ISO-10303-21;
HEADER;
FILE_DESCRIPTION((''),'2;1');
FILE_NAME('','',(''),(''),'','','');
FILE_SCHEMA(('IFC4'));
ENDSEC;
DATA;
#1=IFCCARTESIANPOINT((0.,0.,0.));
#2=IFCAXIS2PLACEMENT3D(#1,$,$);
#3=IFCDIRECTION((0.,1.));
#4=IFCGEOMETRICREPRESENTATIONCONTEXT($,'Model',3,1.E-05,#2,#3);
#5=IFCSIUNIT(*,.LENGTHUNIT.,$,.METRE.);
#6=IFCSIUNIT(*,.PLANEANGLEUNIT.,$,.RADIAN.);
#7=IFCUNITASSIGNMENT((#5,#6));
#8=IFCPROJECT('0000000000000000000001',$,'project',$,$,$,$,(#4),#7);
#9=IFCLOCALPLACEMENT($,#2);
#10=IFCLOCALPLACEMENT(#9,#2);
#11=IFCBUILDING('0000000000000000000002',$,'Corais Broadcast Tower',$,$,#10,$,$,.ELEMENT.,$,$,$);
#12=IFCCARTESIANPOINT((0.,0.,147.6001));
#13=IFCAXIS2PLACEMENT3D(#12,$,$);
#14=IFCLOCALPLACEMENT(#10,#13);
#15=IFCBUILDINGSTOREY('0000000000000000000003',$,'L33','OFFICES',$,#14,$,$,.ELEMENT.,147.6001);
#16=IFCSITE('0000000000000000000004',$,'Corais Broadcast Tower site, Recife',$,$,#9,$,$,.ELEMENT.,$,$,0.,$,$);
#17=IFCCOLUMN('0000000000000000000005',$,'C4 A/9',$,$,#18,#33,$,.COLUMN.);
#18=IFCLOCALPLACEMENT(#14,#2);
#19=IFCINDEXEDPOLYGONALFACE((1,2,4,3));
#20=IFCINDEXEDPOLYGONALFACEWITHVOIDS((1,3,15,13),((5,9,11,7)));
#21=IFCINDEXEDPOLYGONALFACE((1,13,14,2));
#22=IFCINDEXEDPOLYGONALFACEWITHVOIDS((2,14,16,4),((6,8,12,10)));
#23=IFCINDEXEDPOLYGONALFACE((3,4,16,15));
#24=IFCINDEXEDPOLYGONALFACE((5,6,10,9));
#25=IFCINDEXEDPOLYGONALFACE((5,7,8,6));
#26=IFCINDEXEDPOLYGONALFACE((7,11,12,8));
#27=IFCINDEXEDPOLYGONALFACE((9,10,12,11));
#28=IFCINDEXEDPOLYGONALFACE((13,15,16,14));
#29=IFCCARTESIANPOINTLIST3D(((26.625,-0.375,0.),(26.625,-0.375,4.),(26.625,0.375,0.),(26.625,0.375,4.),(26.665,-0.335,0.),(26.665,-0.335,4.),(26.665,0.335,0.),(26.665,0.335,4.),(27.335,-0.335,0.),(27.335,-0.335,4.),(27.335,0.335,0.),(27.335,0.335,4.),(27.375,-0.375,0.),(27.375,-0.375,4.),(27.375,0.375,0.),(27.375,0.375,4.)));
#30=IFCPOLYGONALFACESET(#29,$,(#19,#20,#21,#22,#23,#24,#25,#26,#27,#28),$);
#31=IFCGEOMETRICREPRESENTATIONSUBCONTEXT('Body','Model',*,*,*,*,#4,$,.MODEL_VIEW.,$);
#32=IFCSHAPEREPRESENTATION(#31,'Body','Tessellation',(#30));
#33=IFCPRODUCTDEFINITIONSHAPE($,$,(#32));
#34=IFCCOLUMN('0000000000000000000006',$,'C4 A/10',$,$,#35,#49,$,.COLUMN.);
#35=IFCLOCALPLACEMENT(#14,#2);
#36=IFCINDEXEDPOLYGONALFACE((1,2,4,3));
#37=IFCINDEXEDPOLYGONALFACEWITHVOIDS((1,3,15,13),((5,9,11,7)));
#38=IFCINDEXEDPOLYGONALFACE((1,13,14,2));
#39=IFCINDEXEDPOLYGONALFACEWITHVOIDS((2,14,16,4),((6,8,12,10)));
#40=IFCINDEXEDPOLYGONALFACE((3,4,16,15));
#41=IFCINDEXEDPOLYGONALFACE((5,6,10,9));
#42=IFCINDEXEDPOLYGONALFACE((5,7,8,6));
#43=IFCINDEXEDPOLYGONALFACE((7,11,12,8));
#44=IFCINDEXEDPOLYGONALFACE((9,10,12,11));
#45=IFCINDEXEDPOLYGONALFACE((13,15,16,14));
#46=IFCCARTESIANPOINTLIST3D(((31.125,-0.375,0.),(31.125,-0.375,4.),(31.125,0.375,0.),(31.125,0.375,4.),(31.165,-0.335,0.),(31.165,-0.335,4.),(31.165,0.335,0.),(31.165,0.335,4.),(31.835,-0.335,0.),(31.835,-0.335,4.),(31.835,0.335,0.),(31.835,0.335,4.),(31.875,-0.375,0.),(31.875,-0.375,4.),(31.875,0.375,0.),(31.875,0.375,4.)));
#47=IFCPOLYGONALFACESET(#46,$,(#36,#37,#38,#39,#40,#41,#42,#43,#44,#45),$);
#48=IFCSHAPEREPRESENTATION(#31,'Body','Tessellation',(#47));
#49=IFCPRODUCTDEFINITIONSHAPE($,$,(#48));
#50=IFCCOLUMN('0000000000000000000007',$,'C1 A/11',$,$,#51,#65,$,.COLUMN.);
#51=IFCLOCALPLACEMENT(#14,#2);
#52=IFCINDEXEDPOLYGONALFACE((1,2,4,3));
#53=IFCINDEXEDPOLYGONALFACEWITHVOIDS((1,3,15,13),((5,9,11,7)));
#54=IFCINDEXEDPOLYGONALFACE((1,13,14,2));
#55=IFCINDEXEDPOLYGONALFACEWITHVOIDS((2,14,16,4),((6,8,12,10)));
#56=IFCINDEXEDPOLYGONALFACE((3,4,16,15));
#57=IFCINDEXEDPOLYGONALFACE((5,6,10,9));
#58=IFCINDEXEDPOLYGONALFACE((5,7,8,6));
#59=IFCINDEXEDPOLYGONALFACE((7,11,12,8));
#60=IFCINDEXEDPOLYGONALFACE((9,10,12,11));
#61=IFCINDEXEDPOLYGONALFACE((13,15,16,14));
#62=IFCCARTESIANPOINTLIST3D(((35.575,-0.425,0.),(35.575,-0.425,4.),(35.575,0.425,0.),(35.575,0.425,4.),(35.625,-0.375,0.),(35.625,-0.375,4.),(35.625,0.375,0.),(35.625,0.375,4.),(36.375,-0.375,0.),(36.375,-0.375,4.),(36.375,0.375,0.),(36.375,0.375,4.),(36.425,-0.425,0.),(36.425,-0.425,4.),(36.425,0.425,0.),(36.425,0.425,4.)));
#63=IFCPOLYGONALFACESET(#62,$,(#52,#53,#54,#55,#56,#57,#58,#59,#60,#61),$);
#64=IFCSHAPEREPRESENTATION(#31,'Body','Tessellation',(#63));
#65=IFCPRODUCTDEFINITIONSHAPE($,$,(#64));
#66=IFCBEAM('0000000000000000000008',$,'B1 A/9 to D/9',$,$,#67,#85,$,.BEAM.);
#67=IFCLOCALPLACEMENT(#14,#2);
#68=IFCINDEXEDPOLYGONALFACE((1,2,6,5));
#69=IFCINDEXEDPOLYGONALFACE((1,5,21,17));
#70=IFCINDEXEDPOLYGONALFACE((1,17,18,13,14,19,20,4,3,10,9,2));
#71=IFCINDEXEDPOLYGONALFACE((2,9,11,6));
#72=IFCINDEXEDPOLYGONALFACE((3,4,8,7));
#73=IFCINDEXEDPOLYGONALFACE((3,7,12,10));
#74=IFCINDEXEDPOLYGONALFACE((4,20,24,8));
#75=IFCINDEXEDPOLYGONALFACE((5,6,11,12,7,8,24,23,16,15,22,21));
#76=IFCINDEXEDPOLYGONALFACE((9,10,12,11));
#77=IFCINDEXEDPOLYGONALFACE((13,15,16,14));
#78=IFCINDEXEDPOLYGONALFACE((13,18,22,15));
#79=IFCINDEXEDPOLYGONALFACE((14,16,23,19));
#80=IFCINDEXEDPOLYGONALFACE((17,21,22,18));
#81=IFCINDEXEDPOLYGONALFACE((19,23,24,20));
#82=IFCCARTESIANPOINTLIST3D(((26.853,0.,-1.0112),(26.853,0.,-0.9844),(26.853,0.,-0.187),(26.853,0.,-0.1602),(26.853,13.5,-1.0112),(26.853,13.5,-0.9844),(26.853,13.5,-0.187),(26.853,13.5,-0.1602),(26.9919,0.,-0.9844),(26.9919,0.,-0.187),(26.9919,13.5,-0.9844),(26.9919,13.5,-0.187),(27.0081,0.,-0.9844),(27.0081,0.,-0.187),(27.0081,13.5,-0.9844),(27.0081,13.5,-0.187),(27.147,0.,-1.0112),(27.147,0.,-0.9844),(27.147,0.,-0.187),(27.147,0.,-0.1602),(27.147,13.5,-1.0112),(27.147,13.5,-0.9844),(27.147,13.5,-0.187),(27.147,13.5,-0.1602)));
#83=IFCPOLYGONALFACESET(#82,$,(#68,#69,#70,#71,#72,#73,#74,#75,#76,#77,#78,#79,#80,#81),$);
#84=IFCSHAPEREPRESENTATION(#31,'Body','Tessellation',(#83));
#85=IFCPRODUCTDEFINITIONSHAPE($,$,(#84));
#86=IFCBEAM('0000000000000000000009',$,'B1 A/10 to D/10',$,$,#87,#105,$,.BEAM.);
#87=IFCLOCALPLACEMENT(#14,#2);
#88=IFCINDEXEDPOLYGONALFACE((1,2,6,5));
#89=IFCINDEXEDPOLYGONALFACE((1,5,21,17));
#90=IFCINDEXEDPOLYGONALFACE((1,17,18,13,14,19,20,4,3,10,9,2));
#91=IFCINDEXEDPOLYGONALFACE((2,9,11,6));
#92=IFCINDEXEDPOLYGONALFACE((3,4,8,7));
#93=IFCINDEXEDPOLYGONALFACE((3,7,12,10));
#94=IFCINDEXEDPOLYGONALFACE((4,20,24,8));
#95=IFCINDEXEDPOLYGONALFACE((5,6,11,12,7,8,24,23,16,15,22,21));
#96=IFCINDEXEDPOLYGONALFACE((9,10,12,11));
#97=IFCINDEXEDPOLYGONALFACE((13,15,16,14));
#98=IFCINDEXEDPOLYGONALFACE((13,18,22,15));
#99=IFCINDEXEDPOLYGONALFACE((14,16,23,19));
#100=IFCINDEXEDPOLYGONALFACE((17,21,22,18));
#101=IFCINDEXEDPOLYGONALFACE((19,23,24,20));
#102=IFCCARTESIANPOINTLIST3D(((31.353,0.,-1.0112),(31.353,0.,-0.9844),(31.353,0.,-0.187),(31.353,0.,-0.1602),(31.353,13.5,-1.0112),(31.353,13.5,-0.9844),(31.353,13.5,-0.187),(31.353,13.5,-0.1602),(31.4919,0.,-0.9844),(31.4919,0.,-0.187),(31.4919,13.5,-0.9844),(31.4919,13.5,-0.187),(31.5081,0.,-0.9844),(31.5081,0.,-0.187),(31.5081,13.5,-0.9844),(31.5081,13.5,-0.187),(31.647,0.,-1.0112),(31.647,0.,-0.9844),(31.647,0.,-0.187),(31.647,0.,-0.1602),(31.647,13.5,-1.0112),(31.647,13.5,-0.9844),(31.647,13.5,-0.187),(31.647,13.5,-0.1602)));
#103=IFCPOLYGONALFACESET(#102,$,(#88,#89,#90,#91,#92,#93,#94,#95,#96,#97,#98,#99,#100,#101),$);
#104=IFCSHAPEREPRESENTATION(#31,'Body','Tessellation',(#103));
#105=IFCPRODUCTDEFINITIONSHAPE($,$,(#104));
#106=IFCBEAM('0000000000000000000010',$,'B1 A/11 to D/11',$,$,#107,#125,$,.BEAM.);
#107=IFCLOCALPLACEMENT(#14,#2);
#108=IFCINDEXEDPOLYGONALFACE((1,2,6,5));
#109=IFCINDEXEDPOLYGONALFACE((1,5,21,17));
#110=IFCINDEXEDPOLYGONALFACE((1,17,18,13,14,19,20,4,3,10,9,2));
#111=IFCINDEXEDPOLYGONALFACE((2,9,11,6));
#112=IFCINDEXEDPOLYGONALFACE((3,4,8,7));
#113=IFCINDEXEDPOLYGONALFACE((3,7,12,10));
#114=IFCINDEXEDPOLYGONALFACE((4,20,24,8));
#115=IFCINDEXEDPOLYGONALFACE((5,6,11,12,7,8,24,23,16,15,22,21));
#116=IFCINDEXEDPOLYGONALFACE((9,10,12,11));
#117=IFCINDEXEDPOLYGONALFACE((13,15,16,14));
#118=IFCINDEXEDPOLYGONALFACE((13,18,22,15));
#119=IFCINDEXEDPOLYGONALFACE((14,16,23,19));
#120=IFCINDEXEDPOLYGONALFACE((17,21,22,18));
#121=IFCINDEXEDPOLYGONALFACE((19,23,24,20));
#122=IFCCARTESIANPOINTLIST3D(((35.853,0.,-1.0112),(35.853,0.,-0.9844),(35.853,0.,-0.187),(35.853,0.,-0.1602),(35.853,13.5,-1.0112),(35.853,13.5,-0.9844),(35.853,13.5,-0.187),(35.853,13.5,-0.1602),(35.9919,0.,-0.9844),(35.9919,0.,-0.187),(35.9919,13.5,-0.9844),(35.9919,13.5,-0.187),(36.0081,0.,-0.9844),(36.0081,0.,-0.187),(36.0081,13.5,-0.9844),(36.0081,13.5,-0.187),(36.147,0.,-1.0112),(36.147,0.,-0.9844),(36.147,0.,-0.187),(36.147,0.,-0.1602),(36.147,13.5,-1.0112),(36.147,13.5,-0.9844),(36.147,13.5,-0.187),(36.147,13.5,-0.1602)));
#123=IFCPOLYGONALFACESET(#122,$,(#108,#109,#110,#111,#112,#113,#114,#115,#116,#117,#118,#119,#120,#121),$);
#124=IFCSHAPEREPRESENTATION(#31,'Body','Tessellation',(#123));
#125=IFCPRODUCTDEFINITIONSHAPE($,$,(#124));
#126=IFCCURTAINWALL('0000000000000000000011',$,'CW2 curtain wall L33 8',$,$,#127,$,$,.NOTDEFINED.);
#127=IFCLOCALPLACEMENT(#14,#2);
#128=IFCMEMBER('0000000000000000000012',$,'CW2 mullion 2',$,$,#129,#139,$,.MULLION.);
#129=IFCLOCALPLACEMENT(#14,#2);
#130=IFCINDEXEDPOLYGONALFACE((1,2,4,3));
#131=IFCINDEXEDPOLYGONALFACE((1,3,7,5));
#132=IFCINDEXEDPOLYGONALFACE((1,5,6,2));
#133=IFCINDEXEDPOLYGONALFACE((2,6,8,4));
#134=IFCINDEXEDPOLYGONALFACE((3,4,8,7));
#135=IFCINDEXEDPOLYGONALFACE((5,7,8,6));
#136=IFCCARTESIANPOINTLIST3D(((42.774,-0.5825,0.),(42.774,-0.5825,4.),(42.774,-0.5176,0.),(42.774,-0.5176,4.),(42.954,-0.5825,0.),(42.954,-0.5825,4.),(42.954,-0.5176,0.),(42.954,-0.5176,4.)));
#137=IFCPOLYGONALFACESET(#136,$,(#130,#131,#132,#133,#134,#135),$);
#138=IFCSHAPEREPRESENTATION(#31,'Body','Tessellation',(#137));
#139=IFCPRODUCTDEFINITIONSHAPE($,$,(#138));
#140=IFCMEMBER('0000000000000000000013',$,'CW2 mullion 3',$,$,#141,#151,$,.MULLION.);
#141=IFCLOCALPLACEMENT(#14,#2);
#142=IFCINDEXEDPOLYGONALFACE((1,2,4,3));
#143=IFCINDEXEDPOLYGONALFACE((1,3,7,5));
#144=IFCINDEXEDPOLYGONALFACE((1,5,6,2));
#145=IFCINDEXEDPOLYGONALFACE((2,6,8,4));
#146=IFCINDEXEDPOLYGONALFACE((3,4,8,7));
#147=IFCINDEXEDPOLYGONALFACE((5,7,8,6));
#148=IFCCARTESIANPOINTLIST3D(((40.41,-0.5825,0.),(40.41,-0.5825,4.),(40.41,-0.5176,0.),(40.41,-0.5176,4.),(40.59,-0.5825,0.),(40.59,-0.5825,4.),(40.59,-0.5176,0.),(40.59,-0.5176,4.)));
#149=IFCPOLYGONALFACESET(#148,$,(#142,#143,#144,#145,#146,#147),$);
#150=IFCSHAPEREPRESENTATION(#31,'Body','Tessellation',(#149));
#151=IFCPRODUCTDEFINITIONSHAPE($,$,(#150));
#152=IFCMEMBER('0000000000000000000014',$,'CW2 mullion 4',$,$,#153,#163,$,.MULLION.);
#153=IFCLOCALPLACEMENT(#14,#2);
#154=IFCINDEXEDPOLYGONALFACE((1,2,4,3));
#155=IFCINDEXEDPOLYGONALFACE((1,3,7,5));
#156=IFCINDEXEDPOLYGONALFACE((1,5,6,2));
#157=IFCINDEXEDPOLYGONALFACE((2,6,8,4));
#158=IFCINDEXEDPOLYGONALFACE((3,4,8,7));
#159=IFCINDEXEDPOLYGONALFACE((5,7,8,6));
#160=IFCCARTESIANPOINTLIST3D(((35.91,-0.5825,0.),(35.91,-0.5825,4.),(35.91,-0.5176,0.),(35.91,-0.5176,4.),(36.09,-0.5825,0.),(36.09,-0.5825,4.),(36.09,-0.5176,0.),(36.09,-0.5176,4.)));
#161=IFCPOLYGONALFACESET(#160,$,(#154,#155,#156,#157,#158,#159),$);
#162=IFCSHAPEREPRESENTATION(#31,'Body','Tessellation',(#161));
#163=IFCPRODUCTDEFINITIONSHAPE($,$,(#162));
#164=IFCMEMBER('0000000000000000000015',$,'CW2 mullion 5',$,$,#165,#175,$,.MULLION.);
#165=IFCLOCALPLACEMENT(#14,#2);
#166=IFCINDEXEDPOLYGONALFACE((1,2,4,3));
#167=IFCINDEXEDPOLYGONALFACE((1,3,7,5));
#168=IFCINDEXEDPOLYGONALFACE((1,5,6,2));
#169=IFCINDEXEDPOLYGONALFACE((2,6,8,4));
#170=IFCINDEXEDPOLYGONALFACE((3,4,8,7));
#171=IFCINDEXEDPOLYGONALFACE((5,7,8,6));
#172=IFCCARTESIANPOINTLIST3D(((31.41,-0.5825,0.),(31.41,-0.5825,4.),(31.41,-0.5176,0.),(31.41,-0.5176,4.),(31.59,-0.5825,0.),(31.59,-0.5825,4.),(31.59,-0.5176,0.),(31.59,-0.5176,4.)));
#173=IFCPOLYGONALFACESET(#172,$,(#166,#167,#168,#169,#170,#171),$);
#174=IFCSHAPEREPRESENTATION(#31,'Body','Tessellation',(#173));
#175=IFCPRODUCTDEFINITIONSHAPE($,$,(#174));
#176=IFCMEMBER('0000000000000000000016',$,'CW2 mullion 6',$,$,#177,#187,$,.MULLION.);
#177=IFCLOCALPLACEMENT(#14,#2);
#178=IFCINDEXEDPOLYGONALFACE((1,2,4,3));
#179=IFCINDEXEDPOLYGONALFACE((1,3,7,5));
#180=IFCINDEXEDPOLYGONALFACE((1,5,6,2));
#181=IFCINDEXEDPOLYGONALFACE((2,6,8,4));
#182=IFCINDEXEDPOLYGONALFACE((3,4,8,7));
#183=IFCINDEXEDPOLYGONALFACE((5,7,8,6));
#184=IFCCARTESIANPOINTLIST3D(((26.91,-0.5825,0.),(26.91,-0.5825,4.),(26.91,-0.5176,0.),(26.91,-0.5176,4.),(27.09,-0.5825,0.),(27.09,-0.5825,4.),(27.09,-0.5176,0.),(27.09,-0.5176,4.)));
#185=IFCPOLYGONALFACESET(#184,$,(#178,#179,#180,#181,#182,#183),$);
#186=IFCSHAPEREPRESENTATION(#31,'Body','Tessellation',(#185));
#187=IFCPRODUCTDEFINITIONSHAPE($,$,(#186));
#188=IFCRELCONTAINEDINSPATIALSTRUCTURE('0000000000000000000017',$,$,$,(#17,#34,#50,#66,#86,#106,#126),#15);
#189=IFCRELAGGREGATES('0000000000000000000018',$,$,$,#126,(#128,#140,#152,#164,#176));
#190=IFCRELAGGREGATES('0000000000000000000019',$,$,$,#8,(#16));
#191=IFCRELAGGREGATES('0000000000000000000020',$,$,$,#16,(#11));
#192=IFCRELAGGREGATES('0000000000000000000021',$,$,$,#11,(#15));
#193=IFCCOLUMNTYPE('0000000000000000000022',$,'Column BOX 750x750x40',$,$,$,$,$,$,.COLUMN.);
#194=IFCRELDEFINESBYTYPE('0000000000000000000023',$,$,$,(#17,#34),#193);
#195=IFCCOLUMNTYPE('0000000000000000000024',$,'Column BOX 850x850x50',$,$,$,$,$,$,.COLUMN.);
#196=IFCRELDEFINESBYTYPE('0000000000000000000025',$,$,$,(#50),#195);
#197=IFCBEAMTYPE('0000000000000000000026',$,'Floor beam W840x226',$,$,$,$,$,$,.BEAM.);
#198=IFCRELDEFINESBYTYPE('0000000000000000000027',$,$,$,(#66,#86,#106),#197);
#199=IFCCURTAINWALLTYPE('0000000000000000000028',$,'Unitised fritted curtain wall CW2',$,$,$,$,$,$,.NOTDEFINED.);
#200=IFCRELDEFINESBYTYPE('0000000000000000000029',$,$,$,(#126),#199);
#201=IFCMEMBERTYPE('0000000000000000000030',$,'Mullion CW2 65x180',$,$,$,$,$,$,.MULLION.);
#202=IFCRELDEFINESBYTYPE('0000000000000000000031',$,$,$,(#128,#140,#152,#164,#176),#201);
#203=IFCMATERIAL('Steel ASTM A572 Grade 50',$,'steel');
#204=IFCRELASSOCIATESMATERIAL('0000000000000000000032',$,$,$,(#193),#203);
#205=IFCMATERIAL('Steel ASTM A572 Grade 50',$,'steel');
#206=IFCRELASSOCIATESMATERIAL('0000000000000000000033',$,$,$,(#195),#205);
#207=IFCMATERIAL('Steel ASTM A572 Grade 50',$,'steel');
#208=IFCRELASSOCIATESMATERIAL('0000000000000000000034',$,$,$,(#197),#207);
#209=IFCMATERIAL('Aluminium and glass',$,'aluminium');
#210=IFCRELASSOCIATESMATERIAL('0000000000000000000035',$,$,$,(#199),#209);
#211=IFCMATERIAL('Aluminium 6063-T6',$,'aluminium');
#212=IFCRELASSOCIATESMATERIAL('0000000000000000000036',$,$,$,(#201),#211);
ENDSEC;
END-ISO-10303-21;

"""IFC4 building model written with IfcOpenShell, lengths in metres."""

from ifc_helpers import new_model, si_unit, direction, frame, origin, origin_2d, place, context, subcontext, project, spatial, rectangle, hollow_rectangle, i_section, extrude, material, material_profile, profile_set, type_object, element, aggregate, save


model = new_model("IFC4")

# Units and contexts
model_context = context("Model", 3, precision=1e-05, world=origin(), true_north=direction((0.0, 1.0)))
body_context = subcontext(model_context, "Body", "Model", "MODEL_VIEW")
ifc_project = project(units=[si_unit("LENGTHUNIT", "METRE"), si_unit("PLANEANGLEUNIT", "RADIAN")], contexts=[model_context])

# Site, building, storey
site_placement = place(None, origin())
site = spatial("IfcSite", under=ifc_project, at=site_placement, Name="Corais Broadcast Tower site, Recife", CompositionType="ELEMENT", RefElevation=0.0)
building_placement = place(site_placement, origin())
building = spatial("IfcBuilding", under=site, at=building_placement, Name="Corais Broadcast Tower", CompositionType="ELEMENT")
storey_placement = place(building_placement, frame((0.0, 0.0, 147.6001)))
storey = spatial("IfcBuildingStorey", under=building, at=storey_placement, Name="L33", Description="OFFICES", CompositionType="ELEMENT", Elevation=147.6001)

# Columns
ifc_material_1 = material(Name="Steel ASTM A572 Grade 50", Category="steel")
ifc_material_profile_1 = material_profile(ifc_material_1, hollow_rectangle(XDim=0.75, YDim=0.75, WallThickness=0.04, at=origin_2d()), Name="BOX 750x750x40")
ifc_profile_set_1 = profile_set([ifc_material_profile_1], Name="Steel ASTM A572 Grade 50")
column_type_1 = type_object("IfcColumnType", Name="Column BOX 750x750x40", PredefinedType="COLUMN", material=ifc_profile_set_1)
for number, where, z_axis, x_axis, name in (
    (1, (27.0, 0.0, 0.0), (0.0, 0.0, 1.0), (1.0, 0.0, 0.0), "C4 A/9"),
    (2, (31.5, 0.0, 0.0), (0.0, 0.0, 1.0), (1.0, 0.0, 0.0), "C4 A/10"),
):
    element("IfcColumn", number, at=place(storey_placement, frame(where, z_axis=z_axis, x_axis=x_axis)), inside=storey, type_object=column_type_1, Name=name, PredefinedType="COLUMN", context=body_context, shape_type="SweptSolid", body=[
        extrude(hollow_rectangle(XDim=0.75, YDim=0.75, WallThickness=0.04, at=origin_2d()), origin(), (0.0, 0.0, 1.0), 4.0),
    ])
ifc_material_2 = material(Name="Steel ASTM A572 Grade 50", Category="steel")
ifc_material_profile_2 = material_profile(ifc_material_2, hollow_rectangle(XDim=0.8501, YDim=0.8501, WallThickness=0.05, at=origin_2d()), Name="BOX 850x850x50")
ifc_profile_set_2 = profile_set([ifc_material_profile_2], Name="Steel ASTM A572 Grade 50")
column_type_2 = type_object("IfcColumnType", Name="Column BOX 850x850x50", PredefinedType="COLUMN", material=ifc_profile_set_2)
column_placement = place(storey_placement, frame((36.0, 0.0, 0.0), z_axis=(0.0, 0.0, 1.0), x_axis=(1.0, 0.0, 0.0)))
element("IfcColumn", 3, at=column_placement, inside=storey, type_object=column_type_2, Name="C1 A/11", PredefinedType="COLUMN", context=body_context, shape_type="SweptSolid", body=[
    extrude(hollow_rectangle(XDim=0.8501, YDim=0.8501, WallThickness=0.05, at=origin_2d()), origin(), (0.0, 0.0, 1.0), 4.0),
])

# Beams
ifc_material_3 = material(Name="Steel ASTM A572 Grade 50", Category="steel")
ifc_material_profile_3 = material_profile(ifc_material_3, i_section(OverallWidth=0.2939, OverallDepth=0.8511, WebThickness=0.0161, FlangeThickness=0.0269, at=origin_2d()), Name="W840x226")
ifc_profile_set_3 = profile_set([ifc_material_profile_3], Name="Steel ASTM A572 Grade 50")
beam_type_1 = type_object("IfcBeamType", Name="Floor beam W840x226", PredefinedType="BEAM", material=ifc_profile_set_3)
for number, where, z_axis, x_axis, name in (
    (4, (27.0, 0.0, -0.5857), (0.0, 1.0, 0.0), (-1.0, 0.0, 0.0), "B1 A/9 to D/9"),
    (5, (31.5, 0.0, -0.5857), (0.0, 1.0, 0.0), (-1.0, 0.0, 0.0), "B1 A/10 to D/10"),
    (6, (36.0, 0.0, -0.5857), (0.0, 1.0, 0.0), (-1.0, 0.0, 0.0), "B1 A/11 to D/11"),
):
    element("IfcBeam", number, at=place(storey_placement, frame(where, z_axis=z_axis, x_axis=x_axis)), inside=storey, type_object=beam_type_1, Name=name, PredefinedType="BEAM", context=body_context, shape_type="SweptSolid", body=[
        extrude(i_section(OverallWidth=0.2939, OverallDepth=0.8511, WebThickness=0.0161, FlangeThickness=0.0269, at=origin_2d()), origin(), (0.0, 0.0, 1.0), 13.5),
    ])

# Curtain wall, members
ifc_material_4 = material(Name="Aluminium and glass", Category="aluminium")
curtain_wall_type = type_object("IfcCurtainWallType", Name="Unitised fritted curtain wall CW2", PredefinedType="NOTDEFINED", material=ifc_material_4)
curtain_wall_placement = place(storey_placement, origin())
curtain_wall = element("IfcCurtainWall", 7, at=curtain_wall_placement, inside=storey, type_object=curtain_wall_type, Name="CW2 curtain wall L33 8", PredefinedType="NOTDEFINED")
ifc_material_5 = material(Name="Aluminium 6063-T6", Category="aluminium")
ifc_material_profile_4 = material_profile(ifc_material_5, rectangle(XDim=0.0649, YDim=0.1799, at=origin_2d()), Name="Mullion CW2 65x180")
ifc_profile_set_4 = profile_set([ifc_material_profile_4], Name="Aluminium 6063-T6")
member_type_1 = type_object("IfcMemberType", Name="Mullion CW2 65x180", PredefinedType="MULLION", material=ifc_profile_set_4)
member_1_placement = place(storey_placement, frame((42.864, -0.55, 0.0), z_axis=(0.0, 0.0, 1.0), x_axis=(0.0, -1.0, 0.0)))
member_1 = element("IfcMember", 8, at=member_1_placement, type_object=member_type_1, Name="CW2 mullion 2", PredefinedType="MULLION", context=body_context, shape_type="SweptSolid", body=[
    extrude(rectangle(XDim=0.0649, YDim=0.1799, at=origin_2d()), origin(), (0.0, 0.0, 1.0), 4.0),
])
member_2_placement = place(storey_placement, frame((40.5, -0.55, 0.0), z_axis=(0.0, 0.0, 1.0), x_axis=(0.0, -1.0, 0.0)))
member_2 = element("IfcMember", 9, at=member_2_placement, type_object=member_type_1, Name="CW2 mullion 3", PredefinedType="MULLION", context=body_context, shape_type="SweptSolid", body=[
    extrude(rectangle(XDim=0.0649, YDim=0.1799, at=origin_2d()), origin(), (0.0, 0.0, 1.0), 4.0),
])
member_3_placement = place(storey_placement, frame((36.0, -0.55, 0.0), z_axis=(0.0, 0.0, 1.0), x_axis=(0.0, -1.0, 0.0)))
member_3 = element("IfcMember", 10, at=member_3_placement, type_object=member_type_1, Name="CW2 mullion 4", PredefinedType="MULLION", context=body_context, shape_type="SweptSolid", body=[
    extrude(rectangle(XDim=0.0649, YDim=0.1799, at=origin_2d()), origin(), (0.0, 0.0, 1.0), 4.0),
])
member_4_placement = place(storey_placement, frame((31.5, -0.55, 0.0), z_axis=(0.0, 0.0, 1.0), x_axis=(0.0, -1.0, 0.0)))
member_4 = element("IfcMember", 11, at=member_4_placement, type_object=member_type_1, Name="CW2 mullion 5", PredefinedType="MULLION", context=body_context, shape_type="SweptSolid", body=[
    extrude(rectangle(XDim=0.0649, YDim=0.1799, at=origin_2d()), origin(), (0.0, 0.0, 1.0), 4.0),
])
member_5_placement = place(storey_placement, frame((27.0, -0.55, 0.0), z_axis=(0.0, 0.0, 1.0), x_axis=(0.0, -1.0, 0.0)))
member_5 = element("IfcMember", 12, at=member_5_placement, type_object=member_type_1, Name="CW2 mullion 6", PredefinedType="MULLION", context=body_context, shape_type="SweptSolid", body=[
    extrude(rectangle(XDim=0.0649, YDim=0.1799, at=origin_2d()), origin(), (0.0, 0.0, 1.0), 4.0),
])

aggregate(curtain_wall, [member_1, member_2, member_3, member_4, member_5])

save(model, "model.ifc")
